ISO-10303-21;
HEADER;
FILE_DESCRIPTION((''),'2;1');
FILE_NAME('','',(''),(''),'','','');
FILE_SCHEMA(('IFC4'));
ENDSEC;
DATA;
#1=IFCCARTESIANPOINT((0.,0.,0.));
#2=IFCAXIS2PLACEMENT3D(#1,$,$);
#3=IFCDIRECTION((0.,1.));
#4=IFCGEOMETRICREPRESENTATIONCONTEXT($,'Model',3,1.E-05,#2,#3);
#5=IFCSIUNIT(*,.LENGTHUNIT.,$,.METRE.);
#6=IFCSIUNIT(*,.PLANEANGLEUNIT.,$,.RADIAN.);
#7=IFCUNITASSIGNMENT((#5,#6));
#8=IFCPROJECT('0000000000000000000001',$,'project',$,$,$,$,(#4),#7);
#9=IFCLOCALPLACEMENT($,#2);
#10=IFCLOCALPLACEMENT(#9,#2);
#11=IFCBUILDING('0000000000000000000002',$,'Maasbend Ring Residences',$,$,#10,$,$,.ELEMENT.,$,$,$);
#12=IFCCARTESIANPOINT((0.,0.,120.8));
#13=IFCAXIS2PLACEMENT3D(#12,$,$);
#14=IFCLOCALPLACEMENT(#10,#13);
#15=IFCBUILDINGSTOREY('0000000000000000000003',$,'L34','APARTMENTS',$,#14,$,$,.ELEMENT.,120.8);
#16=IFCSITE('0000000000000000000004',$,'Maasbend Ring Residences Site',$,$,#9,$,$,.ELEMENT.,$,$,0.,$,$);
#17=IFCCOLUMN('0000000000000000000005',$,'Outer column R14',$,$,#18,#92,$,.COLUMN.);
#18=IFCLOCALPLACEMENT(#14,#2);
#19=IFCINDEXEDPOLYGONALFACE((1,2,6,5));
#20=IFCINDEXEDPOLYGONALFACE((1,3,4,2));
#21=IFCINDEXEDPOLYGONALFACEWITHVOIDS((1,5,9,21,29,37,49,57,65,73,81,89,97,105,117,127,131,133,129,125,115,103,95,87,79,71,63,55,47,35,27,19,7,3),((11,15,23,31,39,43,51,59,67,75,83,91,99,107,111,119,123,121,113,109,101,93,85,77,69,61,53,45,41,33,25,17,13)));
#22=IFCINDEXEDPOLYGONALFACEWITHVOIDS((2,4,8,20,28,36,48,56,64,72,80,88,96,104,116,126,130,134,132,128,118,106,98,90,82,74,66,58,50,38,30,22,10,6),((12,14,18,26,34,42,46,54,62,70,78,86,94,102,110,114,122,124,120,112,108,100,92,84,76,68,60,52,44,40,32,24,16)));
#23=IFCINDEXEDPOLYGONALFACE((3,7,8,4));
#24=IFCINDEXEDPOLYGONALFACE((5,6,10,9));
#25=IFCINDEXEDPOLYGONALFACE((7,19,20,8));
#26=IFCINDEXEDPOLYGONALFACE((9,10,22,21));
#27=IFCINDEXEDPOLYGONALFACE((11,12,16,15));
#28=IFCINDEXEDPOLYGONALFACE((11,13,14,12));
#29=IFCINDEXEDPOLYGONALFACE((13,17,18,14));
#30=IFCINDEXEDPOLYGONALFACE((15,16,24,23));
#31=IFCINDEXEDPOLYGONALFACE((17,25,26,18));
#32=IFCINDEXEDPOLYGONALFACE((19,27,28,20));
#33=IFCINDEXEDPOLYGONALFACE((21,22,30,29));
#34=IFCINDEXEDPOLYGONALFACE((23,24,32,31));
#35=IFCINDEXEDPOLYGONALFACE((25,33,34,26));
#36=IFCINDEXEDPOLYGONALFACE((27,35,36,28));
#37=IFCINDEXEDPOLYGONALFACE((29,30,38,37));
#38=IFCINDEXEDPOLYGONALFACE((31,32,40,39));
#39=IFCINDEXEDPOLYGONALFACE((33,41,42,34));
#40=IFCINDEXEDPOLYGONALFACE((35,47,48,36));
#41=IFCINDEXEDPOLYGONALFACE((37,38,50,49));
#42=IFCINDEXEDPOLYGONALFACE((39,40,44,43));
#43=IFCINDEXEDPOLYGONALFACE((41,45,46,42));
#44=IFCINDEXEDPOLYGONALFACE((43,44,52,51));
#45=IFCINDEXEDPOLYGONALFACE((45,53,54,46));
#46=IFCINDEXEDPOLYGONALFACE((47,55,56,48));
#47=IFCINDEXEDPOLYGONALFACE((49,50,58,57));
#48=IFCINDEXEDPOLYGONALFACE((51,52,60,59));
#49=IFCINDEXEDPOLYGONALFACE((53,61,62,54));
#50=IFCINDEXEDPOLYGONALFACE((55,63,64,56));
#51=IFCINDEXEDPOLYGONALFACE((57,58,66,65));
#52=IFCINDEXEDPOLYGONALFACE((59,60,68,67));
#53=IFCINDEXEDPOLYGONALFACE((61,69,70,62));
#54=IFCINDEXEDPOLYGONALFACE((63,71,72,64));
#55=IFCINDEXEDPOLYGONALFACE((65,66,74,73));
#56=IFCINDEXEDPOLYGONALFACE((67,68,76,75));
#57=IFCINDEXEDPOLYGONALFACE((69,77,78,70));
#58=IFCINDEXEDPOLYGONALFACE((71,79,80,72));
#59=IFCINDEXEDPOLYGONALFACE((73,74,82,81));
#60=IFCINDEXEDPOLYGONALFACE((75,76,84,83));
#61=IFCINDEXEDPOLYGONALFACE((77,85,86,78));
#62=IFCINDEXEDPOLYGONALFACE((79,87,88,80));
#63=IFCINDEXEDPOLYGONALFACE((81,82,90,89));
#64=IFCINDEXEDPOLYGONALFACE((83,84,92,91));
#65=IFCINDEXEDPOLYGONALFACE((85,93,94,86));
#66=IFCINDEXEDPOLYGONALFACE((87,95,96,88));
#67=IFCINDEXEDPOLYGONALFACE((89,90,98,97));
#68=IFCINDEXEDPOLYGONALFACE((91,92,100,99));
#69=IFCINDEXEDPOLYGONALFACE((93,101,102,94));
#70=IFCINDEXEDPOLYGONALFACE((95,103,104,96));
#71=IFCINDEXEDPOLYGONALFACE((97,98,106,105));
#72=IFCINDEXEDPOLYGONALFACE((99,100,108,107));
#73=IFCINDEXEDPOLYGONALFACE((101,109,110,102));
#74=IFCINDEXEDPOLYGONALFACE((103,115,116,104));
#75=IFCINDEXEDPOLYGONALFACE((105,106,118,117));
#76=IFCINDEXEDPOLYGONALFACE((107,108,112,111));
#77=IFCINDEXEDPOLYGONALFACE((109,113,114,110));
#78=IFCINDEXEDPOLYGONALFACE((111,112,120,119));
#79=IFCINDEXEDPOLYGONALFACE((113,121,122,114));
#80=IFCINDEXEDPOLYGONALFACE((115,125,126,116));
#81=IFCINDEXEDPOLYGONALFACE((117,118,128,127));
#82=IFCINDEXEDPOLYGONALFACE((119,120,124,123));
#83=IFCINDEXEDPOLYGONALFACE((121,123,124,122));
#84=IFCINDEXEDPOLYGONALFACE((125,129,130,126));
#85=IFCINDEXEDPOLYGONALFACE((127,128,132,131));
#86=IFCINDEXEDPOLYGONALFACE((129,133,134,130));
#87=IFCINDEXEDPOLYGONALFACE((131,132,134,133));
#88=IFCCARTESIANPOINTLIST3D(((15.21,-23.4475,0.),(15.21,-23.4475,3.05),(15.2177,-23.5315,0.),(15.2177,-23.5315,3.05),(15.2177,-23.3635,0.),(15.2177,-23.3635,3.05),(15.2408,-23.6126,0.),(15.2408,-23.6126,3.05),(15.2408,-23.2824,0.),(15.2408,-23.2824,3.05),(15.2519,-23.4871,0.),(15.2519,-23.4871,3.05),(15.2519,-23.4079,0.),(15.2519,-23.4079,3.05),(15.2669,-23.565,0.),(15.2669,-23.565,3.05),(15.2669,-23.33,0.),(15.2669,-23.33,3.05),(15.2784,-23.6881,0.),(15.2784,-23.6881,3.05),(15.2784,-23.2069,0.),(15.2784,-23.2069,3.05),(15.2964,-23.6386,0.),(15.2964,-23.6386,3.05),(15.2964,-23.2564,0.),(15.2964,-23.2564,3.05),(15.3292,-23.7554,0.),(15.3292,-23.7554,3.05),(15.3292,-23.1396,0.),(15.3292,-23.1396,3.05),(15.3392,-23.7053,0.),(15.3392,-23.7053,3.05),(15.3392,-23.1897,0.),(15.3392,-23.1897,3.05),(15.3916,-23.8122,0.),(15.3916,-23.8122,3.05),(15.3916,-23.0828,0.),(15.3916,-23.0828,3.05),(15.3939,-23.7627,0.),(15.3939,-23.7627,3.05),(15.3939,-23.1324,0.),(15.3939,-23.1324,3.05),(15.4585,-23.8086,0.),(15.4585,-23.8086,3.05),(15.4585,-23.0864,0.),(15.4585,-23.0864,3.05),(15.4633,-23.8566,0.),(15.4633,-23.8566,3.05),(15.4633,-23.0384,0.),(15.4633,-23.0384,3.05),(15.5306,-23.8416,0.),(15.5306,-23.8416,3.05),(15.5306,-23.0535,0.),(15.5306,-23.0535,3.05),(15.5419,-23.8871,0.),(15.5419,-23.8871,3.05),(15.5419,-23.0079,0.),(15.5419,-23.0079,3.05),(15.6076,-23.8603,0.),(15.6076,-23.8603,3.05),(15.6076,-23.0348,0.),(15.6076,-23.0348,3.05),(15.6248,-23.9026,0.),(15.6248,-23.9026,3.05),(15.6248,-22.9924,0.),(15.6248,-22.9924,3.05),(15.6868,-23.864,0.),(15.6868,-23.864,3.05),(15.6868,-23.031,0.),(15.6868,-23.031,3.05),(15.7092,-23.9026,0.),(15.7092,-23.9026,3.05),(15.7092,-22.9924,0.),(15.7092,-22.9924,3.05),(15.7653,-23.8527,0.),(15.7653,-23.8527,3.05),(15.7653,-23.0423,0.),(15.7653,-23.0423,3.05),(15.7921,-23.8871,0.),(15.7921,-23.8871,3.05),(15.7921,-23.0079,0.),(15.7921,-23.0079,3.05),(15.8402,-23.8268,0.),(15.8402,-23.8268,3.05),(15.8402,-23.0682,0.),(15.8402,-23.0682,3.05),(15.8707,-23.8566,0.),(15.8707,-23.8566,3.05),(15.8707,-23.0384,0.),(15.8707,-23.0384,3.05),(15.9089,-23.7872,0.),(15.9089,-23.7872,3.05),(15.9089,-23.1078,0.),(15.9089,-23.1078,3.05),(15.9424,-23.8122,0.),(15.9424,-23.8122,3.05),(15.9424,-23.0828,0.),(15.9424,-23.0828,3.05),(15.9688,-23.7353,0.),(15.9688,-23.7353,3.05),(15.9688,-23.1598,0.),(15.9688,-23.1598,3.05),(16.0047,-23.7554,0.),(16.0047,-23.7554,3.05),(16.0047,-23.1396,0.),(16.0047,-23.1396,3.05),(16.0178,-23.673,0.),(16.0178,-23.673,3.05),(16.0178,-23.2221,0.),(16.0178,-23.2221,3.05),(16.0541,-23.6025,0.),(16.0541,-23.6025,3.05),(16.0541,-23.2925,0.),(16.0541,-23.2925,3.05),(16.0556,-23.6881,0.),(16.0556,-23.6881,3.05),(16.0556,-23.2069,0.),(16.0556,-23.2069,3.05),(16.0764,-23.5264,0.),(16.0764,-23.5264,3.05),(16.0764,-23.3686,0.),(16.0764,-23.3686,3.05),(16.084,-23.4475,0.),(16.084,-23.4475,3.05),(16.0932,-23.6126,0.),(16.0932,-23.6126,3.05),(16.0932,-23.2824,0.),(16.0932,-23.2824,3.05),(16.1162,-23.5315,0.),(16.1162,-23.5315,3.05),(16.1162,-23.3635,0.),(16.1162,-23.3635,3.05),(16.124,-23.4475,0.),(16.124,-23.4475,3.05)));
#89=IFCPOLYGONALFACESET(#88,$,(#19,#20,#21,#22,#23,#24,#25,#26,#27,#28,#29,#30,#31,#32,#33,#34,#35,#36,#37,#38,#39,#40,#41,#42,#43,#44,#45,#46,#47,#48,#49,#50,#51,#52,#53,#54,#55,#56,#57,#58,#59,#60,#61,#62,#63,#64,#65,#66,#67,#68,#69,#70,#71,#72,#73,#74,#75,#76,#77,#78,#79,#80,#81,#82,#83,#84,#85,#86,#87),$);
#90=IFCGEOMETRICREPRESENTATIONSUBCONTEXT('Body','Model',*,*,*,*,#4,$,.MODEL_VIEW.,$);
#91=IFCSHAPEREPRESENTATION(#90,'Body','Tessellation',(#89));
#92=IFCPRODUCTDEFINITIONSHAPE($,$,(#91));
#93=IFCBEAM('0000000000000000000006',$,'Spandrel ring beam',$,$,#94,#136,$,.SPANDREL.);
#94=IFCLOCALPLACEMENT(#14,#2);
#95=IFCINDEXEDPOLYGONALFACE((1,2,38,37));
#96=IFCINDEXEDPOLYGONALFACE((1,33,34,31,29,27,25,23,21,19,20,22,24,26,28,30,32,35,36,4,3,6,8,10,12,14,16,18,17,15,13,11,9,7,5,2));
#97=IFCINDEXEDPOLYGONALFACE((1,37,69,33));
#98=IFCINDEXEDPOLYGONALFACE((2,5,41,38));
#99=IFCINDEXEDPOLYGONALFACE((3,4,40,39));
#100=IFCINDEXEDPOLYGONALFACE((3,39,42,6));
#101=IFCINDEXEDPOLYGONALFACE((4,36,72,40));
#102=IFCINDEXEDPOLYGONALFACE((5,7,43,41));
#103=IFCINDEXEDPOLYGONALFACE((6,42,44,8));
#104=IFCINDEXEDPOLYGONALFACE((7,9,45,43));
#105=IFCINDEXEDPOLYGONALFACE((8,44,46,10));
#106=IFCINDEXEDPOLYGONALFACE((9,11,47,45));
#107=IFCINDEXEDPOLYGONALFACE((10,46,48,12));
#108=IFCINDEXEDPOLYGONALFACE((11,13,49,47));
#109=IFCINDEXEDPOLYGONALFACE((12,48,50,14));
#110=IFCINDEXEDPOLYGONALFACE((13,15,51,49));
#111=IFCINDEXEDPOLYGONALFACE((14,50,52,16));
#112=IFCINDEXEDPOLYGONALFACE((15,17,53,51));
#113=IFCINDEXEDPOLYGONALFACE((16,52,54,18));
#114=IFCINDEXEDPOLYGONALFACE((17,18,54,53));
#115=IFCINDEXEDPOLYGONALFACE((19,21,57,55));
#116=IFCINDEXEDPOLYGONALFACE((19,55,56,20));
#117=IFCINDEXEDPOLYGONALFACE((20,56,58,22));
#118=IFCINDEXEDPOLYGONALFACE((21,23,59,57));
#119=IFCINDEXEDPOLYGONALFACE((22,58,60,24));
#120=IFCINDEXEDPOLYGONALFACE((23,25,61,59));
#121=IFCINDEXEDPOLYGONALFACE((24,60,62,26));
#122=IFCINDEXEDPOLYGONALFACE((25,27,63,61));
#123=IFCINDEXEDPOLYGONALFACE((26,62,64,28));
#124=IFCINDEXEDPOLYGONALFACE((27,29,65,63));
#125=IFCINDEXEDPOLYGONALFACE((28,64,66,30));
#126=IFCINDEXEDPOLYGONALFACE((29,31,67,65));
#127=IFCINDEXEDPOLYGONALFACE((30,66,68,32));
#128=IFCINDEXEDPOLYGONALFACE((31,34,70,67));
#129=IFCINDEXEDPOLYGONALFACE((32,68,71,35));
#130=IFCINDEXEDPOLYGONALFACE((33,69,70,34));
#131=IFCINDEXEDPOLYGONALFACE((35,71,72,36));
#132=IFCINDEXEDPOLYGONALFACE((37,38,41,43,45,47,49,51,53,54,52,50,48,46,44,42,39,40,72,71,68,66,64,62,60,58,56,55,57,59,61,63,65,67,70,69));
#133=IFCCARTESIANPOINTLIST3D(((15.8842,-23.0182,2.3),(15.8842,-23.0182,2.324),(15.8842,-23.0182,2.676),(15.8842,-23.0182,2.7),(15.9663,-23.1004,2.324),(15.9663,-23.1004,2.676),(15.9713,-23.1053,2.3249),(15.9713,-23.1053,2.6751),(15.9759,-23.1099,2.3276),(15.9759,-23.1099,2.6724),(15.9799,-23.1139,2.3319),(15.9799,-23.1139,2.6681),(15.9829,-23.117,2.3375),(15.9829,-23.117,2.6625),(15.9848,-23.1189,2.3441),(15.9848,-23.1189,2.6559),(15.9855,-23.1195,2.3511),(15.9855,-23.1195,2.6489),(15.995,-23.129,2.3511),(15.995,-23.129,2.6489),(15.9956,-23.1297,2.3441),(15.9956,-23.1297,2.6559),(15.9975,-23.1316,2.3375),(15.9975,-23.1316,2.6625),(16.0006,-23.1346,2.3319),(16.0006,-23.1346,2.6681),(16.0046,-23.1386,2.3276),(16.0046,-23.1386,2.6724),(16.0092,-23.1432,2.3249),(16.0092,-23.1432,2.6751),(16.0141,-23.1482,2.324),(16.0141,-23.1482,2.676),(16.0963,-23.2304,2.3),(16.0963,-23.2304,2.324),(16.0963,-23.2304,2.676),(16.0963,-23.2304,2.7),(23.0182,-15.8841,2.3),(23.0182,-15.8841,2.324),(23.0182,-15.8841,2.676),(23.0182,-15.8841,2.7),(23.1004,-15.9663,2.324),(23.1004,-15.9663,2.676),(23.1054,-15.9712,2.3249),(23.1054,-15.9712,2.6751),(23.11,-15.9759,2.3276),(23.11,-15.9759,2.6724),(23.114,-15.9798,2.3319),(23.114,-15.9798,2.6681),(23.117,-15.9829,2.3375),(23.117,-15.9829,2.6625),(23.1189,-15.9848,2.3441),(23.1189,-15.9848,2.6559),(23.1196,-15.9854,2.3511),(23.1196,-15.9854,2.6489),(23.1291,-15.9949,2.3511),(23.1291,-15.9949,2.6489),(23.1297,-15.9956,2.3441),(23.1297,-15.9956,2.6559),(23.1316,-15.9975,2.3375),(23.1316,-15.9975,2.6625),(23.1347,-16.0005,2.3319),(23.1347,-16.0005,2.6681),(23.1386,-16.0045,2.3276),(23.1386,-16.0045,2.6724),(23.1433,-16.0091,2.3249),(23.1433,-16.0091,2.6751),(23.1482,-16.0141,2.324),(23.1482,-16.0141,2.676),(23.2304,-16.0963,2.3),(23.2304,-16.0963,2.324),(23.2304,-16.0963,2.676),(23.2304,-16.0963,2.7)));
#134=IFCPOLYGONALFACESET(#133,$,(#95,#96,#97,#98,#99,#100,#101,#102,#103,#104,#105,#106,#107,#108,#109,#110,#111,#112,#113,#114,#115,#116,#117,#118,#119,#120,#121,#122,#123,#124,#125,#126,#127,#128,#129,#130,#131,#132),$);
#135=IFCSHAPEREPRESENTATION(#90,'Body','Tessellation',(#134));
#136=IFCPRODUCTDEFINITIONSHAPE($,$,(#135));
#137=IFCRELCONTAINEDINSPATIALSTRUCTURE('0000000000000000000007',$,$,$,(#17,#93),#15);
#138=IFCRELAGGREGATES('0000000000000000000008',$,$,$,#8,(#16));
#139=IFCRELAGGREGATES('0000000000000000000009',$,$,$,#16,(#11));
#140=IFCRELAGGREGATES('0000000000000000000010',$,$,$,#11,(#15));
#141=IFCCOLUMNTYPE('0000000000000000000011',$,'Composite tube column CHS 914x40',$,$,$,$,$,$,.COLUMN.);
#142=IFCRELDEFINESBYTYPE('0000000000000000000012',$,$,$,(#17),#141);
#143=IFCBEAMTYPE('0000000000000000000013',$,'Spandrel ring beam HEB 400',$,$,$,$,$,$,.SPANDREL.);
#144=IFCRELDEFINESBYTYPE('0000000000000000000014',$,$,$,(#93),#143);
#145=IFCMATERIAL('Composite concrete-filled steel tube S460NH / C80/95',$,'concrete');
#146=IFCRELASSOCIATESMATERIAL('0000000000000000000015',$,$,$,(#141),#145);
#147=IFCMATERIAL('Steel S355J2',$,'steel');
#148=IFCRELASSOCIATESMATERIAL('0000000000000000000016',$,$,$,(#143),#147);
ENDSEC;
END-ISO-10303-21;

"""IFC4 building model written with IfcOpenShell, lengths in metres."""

from ifc_helpers import new_model, si_unit, direction, frame, origin, origin_2d, place, context, subcontext, project, spatial, hollow_circle, i_section, extrude, material, material_profile, profile_set, type_object, element, save


model = new_model("IFC4")

# Units and contexts
model_context = context("Model", 3, precision=1e-05, world=origin(), true_north=direction((0.0, 1.0)))
body_context = subcontext(model_context, "Body", "Model", "MODEL_VIEW")
ifc_project = project(units=[si_unit("LENGTHUNIT", "METRE"), si_unit("PLANEANGLEUNIT", "RADIAN")], contexts=[model_context])

# Site, building, storey
site_placement = place(None, origin())
site = spatial("IfcSite", under=ifc_project, at=site_placement, Name="Maasbend Ring Residences Site", CompositionType="ELEMENT", RefElevation=0.0)
building_placement = place(site_placement, origin())
building = spatial("IfcBuilding", under=site, at=building_placement, Name="Maasbend Ring Residences", CompositionType="ELEMENT")
storey_placement = place(building_placement, frame((0.0, 0.0, 120.8)))
storey = spatial("IfcBuildingStorey", under=building, at=storey_placement, Name="L34", Description="APARTMENTS", CompositionType="ELEMENT", Elevation=120.8)

# Column
ifc_material_1 = material(Name="Composite concrete-filled steel tube S460NH / C80/95", Category="concrete")
ifc_material_profile_1 = material_profile(ifc_material_1, hollow_circle(Radius=0.457, WallThickness=0.04, at=origin_2d()), Name="Composite tube column CHS 914x40")
ifc_profile_set_1 = profile_set([ifc_material_profile_1], Name="Composite concrete-filled steel tube S460NH / C80/95")
column_type = type_object("IfcColumnType", Name="Composite tube column CHS 914x40", PredefinedType="COLUMN", material=ifc_profile_set_1)
column_placement = place(storey_placement, frame((15.667, -23.4475, 0.0), z_axis=(0.0, 0.0, 1.0), x_axis=(1.0, 0.0, 0.0)))
element("IfcColumn", 1, at=column_placement, inside=storey, type_object=column_type, Name="Outer column R14", PredefinedType="COLUMN", context=body_context, shape_type="SweptSolid", body=[
    extrude(hollow_circle(Radius=0.457, WallThickness=0.04, at=origin_2d()), origin(), (0.0, 0.0, 1.0), 3.05),
])

# Beam
ifc_material_2 = material(Name="Steel S355J2", Category="steel")
ifc_material_profile_2 = material_profile(ifc_material_2, i_section(OverallWidth=0.3, OverallDepth=0.3999, WebThickness=0.0134, FlangeThickness=0.0239, FilletRadius=0.0271, at=origin_2d()), Name="HEB 400")
ifc_profile_set_2 = profile_set([ifc_material_profile_2], Name="Steel S355J2")
beam_type = type_object("IfcBeamType", Name="Spandrel ring beam HEB 400", PredefinedType="SPANDREL", material=ifc_profile_set_2)
beam_placement = place(storey_placement, frame((15.9902, -23.1243, 2.5), z_axis=(0.707107, 0.707107, 0.0), x_axis=(-0.707107, 0.707107, 0.0)))
element("IfcBeam", 2, at=beam_placement, inside=storey, type_object=beam_type, Name="Spandrel ring beam", PredefinedType="SPANDREL", context=body_context, shape_type="SweptSolid", body=[
    extrude(i_section(OverallWidth=0.3, OverallDepth=0.3999, WebThickness=0.0134, FlangeThickness=0.0239, FilletRadius=0.0271, at=origin_2d()), origin(), (0.0, 0.0, 1.0), 10.0891),
])

save(model, "model.ifc")
